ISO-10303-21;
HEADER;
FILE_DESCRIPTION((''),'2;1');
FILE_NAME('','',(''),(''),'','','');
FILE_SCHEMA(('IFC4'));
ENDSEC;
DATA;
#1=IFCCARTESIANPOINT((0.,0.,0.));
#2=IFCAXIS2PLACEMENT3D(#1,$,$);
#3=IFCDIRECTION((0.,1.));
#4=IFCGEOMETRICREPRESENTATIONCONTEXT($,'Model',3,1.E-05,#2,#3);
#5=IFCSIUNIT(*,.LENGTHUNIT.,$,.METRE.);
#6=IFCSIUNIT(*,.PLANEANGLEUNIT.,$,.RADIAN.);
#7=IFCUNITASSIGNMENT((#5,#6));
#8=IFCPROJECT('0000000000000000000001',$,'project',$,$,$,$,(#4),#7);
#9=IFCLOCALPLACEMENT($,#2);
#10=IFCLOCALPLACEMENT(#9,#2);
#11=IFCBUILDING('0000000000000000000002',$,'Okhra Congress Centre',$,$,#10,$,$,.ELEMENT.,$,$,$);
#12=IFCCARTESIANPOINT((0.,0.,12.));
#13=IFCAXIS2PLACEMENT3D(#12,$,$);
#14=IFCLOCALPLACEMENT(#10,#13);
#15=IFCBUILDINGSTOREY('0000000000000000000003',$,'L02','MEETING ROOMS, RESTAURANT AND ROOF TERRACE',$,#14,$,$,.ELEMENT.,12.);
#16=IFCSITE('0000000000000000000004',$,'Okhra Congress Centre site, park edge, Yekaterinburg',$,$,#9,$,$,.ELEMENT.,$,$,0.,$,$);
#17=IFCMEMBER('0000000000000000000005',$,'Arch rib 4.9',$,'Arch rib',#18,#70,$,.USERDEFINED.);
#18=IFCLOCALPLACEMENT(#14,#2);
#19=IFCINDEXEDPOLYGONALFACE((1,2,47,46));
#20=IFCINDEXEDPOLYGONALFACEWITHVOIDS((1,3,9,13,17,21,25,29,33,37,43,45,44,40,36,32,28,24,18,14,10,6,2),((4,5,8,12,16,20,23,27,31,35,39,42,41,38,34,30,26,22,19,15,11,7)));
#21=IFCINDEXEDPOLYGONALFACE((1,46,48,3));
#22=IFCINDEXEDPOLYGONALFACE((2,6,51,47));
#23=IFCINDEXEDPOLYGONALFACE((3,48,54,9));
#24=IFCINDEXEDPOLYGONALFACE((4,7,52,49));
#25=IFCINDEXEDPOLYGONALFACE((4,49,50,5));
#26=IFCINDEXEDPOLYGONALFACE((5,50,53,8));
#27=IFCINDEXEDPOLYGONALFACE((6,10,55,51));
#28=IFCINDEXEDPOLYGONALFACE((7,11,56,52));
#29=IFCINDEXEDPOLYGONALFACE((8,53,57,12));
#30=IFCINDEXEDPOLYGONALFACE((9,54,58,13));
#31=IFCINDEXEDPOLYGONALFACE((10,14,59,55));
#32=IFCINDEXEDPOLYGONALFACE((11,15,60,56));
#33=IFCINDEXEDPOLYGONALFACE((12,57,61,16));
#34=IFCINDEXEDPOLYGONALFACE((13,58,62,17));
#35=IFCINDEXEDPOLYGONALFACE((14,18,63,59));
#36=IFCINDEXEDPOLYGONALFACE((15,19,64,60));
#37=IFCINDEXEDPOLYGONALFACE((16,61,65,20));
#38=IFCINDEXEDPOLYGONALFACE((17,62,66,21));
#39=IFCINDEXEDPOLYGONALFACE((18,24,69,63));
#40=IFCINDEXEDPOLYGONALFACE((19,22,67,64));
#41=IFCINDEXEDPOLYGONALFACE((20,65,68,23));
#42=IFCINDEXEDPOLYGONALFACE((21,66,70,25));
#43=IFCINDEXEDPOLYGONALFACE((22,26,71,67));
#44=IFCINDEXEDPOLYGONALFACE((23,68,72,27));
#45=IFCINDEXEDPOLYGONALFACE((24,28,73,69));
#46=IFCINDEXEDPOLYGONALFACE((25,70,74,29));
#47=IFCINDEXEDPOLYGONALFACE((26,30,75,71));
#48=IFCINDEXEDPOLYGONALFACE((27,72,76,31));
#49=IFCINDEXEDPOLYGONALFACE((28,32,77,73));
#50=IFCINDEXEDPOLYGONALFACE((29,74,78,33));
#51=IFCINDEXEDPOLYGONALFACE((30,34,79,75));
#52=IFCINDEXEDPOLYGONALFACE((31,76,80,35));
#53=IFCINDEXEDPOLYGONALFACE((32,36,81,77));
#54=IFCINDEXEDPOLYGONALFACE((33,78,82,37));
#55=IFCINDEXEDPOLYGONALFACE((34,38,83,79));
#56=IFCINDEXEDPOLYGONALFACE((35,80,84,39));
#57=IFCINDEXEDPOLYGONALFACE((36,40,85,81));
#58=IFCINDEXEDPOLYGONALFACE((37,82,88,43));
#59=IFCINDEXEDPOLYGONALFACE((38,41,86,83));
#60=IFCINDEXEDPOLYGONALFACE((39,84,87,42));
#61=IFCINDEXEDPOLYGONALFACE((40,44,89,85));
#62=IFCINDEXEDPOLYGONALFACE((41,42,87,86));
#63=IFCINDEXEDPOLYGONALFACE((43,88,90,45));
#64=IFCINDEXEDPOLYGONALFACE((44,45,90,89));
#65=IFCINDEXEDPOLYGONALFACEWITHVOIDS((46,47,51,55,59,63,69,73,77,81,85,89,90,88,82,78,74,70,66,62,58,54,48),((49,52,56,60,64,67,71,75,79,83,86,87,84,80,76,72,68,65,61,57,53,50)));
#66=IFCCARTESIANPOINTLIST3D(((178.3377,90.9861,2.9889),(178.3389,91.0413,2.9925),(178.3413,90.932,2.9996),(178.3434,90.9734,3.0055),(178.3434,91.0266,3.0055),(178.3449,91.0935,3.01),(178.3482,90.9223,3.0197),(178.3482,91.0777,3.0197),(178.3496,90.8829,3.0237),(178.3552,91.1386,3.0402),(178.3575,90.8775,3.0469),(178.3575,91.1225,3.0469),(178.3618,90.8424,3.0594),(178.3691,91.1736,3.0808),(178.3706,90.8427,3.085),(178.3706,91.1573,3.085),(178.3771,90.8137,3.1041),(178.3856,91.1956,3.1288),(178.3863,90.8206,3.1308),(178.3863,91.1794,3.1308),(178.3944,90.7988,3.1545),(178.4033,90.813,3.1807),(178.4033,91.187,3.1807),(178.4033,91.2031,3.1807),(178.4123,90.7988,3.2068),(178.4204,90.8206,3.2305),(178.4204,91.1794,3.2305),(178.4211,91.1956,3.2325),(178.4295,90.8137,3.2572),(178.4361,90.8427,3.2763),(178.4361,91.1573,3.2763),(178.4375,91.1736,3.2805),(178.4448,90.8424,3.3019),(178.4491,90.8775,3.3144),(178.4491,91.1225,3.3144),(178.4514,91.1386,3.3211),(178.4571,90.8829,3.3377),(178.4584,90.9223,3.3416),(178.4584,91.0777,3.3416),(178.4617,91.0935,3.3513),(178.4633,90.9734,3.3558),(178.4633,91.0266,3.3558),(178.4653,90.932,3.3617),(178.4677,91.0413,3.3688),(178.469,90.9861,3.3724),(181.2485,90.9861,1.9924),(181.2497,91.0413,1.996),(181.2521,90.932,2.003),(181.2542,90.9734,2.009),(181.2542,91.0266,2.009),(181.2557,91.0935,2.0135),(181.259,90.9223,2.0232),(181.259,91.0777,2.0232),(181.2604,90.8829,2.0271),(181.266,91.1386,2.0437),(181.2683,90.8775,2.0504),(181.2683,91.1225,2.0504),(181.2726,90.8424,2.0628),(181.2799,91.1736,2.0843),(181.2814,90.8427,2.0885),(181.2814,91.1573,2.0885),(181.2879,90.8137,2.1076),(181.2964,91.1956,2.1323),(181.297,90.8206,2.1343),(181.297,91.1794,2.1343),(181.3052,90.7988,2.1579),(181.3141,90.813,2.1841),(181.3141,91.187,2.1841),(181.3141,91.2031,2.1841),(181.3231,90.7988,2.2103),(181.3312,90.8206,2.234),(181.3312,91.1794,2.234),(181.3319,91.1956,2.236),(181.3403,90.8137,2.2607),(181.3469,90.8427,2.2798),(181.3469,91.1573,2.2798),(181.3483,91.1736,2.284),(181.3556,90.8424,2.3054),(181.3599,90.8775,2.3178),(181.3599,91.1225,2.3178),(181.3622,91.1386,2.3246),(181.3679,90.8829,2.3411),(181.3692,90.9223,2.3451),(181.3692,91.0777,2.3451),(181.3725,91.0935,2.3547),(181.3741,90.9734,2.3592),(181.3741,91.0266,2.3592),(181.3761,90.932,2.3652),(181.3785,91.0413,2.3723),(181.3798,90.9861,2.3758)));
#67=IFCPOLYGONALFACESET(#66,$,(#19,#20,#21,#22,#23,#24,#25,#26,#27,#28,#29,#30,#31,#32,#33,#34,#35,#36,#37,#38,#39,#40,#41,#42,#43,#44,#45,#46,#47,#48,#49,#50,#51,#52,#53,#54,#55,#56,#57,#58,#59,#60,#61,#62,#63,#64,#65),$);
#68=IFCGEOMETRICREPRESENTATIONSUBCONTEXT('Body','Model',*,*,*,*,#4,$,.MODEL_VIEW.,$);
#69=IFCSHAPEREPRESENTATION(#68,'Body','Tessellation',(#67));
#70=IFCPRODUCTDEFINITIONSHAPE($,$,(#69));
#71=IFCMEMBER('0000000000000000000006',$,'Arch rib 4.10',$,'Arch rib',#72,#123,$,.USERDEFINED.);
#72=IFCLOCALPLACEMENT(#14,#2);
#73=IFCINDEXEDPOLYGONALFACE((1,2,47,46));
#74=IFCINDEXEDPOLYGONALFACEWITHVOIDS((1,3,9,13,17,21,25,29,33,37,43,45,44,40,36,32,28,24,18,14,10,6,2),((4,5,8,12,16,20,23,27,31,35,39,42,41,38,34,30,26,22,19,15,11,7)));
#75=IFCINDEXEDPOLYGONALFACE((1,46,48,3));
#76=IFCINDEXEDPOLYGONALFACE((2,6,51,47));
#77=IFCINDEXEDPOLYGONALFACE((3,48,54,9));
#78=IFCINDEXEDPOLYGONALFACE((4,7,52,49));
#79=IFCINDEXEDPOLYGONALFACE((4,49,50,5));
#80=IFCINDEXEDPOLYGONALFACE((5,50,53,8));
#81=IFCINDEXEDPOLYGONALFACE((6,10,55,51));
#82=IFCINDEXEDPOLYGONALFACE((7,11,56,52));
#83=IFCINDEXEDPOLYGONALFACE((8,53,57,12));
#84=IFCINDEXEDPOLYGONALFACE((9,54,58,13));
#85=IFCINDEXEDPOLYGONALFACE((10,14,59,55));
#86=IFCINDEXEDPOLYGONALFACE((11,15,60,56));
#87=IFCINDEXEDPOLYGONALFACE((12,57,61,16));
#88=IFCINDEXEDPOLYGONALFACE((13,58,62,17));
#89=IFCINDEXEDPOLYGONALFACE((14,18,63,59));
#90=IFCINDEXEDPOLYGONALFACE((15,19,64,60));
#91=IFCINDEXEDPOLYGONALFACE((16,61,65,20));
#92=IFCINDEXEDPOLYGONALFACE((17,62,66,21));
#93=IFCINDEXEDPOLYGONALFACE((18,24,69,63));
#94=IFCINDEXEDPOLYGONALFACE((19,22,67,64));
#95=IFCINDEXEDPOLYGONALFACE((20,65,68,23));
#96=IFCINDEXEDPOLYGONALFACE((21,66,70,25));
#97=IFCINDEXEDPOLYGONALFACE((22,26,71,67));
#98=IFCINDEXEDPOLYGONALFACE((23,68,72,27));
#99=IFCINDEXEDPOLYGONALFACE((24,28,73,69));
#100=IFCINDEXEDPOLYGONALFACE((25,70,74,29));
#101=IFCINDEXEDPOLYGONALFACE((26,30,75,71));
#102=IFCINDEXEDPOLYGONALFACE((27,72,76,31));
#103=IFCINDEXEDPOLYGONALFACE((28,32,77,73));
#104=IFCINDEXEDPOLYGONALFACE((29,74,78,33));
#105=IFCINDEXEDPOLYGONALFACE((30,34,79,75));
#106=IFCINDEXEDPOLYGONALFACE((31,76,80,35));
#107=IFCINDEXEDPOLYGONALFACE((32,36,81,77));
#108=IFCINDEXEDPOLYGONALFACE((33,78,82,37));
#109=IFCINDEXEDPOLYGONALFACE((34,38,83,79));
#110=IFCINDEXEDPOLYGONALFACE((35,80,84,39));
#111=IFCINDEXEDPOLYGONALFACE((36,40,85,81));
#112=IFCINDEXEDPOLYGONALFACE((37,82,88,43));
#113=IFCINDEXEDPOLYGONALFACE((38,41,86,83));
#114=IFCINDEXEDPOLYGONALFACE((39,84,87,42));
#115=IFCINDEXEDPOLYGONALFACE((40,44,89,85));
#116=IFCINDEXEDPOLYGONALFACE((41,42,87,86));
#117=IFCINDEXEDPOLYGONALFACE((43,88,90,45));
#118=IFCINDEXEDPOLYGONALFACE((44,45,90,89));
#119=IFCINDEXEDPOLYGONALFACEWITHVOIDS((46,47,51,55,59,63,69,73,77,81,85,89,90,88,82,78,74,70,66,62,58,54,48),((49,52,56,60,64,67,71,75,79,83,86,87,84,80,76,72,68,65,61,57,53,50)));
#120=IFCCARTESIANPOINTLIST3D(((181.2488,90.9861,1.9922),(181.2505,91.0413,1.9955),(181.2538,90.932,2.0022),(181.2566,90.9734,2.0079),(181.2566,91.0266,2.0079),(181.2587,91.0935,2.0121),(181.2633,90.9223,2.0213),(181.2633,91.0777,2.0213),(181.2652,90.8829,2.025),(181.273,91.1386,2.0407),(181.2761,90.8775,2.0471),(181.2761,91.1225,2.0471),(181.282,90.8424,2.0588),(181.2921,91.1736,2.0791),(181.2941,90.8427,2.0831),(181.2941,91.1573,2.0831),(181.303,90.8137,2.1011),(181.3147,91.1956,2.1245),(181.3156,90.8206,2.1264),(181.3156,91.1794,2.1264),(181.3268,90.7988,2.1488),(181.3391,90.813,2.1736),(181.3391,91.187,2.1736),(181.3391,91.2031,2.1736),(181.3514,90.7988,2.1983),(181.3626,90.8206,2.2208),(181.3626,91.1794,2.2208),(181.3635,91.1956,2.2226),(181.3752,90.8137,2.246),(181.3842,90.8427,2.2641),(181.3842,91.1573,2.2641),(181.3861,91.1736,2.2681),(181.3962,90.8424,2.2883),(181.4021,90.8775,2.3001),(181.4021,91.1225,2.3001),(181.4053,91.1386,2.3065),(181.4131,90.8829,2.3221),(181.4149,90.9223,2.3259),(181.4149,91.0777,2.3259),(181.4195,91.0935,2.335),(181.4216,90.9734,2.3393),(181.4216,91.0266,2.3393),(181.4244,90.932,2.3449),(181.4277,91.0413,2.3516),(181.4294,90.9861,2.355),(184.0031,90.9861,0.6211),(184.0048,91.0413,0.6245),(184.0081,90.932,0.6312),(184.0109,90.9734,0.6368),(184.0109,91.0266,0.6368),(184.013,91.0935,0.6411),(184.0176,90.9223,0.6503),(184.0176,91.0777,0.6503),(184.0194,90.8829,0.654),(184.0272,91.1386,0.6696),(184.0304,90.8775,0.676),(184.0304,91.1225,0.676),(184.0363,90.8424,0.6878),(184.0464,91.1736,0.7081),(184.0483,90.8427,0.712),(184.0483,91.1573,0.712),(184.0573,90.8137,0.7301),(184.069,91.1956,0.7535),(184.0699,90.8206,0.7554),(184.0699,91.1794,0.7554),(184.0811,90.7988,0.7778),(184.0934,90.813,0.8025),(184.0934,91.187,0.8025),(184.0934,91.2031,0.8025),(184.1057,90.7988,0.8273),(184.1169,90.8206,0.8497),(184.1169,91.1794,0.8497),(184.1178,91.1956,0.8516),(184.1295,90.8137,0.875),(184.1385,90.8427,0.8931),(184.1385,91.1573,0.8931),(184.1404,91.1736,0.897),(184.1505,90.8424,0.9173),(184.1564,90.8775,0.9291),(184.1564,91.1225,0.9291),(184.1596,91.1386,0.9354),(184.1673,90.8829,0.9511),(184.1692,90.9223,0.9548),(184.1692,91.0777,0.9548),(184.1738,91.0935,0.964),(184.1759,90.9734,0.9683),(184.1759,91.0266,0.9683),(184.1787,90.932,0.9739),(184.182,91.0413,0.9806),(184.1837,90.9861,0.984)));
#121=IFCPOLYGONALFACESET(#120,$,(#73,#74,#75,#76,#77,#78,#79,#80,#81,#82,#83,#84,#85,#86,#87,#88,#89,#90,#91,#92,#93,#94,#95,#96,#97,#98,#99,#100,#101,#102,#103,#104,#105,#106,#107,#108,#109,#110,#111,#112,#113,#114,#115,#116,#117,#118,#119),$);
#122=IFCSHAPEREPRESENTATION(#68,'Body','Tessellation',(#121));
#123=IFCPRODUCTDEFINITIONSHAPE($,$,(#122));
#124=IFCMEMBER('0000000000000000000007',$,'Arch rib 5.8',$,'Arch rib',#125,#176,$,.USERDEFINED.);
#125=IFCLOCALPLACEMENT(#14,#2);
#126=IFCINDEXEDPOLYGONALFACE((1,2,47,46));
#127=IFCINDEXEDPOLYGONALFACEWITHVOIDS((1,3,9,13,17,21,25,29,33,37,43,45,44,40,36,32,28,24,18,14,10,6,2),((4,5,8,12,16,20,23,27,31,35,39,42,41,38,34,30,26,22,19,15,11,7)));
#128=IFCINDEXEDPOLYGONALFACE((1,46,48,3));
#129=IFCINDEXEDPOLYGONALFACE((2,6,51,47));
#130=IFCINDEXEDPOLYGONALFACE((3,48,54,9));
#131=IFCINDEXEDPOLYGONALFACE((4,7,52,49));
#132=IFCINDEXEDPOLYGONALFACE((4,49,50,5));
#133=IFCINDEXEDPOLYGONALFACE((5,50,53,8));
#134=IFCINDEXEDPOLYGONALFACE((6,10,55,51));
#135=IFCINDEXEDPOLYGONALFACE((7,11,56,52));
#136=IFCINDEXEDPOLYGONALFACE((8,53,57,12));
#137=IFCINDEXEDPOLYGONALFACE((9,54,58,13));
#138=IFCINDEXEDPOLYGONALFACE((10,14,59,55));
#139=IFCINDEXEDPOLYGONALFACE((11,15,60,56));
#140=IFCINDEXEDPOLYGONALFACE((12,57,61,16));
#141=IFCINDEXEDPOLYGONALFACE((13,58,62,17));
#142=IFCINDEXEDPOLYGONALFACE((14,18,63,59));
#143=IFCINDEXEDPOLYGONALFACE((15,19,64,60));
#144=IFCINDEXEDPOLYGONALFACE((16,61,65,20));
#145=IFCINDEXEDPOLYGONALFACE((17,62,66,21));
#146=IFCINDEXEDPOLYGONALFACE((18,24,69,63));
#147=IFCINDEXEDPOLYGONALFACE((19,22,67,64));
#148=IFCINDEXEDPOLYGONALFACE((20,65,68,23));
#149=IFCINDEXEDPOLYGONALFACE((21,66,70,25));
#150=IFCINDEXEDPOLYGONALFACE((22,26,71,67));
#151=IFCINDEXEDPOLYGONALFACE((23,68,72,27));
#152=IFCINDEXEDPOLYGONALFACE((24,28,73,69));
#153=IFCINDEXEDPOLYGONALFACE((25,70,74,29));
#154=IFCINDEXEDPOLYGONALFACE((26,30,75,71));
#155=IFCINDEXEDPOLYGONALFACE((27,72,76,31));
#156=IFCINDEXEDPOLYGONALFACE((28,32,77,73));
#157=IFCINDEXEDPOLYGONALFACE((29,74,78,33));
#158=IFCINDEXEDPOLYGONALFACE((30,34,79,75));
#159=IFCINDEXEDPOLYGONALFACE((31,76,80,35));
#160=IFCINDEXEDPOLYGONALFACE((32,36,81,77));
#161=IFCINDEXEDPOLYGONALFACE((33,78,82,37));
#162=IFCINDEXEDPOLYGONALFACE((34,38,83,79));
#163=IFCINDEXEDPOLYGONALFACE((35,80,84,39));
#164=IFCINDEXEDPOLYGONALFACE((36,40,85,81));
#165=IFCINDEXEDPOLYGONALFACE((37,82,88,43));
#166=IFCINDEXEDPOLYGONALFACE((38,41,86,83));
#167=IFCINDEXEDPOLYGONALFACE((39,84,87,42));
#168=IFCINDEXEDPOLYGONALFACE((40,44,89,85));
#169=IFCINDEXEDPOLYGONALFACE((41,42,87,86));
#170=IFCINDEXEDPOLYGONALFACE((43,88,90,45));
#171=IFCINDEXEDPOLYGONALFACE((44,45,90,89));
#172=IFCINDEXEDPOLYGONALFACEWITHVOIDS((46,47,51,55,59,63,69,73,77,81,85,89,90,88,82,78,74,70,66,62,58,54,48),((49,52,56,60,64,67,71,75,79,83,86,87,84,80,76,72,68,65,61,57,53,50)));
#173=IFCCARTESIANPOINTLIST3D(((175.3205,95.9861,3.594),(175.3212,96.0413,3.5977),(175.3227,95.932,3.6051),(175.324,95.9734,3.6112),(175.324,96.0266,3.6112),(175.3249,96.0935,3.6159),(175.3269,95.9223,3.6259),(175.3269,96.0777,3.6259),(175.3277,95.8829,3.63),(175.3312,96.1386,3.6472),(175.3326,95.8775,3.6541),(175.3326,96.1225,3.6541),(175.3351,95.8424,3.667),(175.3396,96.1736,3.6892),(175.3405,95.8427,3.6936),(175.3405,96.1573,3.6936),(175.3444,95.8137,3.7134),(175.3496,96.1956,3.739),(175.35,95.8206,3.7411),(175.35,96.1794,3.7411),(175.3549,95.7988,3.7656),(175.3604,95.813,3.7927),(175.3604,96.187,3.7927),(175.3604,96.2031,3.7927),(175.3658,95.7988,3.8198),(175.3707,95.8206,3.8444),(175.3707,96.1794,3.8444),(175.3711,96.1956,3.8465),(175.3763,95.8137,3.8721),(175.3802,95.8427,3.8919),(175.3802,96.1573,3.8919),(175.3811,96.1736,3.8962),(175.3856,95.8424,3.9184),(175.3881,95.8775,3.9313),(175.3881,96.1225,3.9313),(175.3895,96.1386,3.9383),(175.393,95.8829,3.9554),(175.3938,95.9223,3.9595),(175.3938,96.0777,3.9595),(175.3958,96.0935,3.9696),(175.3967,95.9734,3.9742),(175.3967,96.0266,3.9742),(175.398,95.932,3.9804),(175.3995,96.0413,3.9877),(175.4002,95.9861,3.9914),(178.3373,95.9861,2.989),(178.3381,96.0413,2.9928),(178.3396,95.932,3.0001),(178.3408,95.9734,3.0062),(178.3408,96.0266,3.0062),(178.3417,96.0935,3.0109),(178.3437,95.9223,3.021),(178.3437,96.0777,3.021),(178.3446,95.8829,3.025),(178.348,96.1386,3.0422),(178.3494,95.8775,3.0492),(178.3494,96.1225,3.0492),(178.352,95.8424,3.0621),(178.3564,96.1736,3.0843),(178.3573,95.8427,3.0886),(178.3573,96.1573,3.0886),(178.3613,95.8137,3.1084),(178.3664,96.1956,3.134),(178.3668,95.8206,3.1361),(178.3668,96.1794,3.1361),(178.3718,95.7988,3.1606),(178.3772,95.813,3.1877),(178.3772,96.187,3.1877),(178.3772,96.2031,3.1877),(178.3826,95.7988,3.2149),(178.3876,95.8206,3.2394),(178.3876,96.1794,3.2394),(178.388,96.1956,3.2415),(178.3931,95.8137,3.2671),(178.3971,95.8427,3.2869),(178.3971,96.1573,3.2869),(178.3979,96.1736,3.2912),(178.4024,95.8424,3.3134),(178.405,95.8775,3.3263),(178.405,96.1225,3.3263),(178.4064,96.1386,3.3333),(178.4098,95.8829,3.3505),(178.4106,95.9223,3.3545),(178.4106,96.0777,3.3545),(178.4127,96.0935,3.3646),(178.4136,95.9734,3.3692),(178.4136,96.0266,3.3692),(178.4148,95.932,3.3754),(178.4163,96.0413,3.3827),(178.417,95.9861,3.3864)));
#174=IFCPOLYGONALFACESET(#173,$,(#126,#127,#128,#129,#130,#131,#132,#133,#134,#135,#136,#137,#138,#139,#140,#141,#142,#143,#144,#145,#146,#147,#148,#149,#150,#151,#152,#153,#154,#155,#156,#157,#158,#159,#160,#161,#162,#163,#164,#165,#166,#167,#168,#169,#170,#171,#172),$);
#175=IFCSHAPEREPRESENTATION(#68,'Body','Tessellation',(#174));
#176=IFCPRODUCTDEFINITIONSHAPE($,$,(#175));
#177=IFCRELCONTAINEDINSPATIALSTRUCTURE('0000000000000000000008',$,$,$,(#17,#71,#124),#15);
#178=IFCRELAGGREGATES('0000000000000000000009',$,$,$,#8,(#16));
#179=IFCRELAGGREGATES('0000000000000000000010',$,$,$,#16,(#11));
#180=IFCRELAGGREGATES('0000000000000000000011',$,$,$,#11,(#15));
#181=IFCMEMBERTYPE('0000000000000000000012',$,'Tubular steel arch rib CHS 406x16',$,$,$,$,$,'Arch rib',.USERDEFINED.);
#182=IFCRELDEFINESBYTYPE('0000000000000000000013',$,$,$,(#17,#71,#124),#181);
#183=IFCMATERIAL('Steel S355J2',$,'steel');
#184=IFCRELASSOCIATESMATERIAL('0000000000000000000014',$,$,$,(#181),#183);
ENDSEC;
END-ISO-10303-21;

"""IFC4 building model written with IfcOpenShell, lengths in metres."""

from ifc_helpers import new_model, si_unit, direction, frame, origin, origin_2d, place, context, subcontext, project, spatial, hollow_circle, extrude, material, material_profile, profile_set, type_object, element, save


model = new_model("IFC4")

# Units and contexts
model_context = context("Model", 3, precision=1e-05, world=origin(), true_north=direction((0.0, 1.0)))
body_context = subcontext(model_context, "Body", "Model", "MODEL_VIEW")
ifc_project = project(units=[si_unit("LENGTHUNIT", "METRE"), si_unit("PLANEANGLEUNIT", "RADIAN")], contexts=[model_context])

# Site, building, storey
site_placement = place(None, origin())
site = spatial("IfcSite", under=ifc_project, at=site_placement, Name="Okhra Congress Centre site, park edge, Yekaterinburg", CompositionType="ELEMENT", RefElevation=0.0)
building_placement = place(site_placement, origin())
building = spatial("IfcBuilding", under=site, at=building_placement, Name="Okhra Congress Centre", CompositionType="ELEMENT")
storey_placement = place(building_placement, frame((0.0, 0.0, 12.0)))
storey = spatial("IfcBuildingStorey", under=building, at=storey_placement, Name="L02", Description="MEETING ROOMS, RESTAURANT AND ROOF TERRACE", CompositionType="ELEMENT", Elevation=12.0)

# Members
ifc_material_1 = material(Name="Steel S355J2", Category="steel")
ifc_material_profile_1 = material_profile(ifc_material_1, hollow_circle(Radius=0.2031, WallThickness=0.0161, at=origin_2d()), Name="CHS 406.4x16")
ifc_profile_set_1 = profile_set([ifc_material_profile_1], Name="Steel S355J2")
member_type_1 = type_object("IfcMemberType", Name="Tubular steel arch rib CHS 406x16", ElementType="Arch rib", PredefinedType="USERDEFINED", material=ifc_profile_set_1)
for number, where, z_axis, x_axis, name in (
    (1, (178.4033, 91.0, 3.1807), (0.946089, 0.0, -0.323906), (0.0, 1.0, 0.0), "Arch rib 4.9"),
    (2, (181.3391, 91.0, 2.1736), (0.895219, 0.0, -0.445626), (0.0, 1.0, 0.0), "Arch rib 4.10"),
):
    element("IfcMember", number, at=place(storey_placement, frame(where, z_axis=z_axis, x_axis=x_axis)), inside=storey, type_object=member_type_1, Name=name, ObjectType="Arch rib", PredefinedType="USERDEFINED", context=body_context, shape_type="SweptSolid", body=[
        extrude(hollow_circle(Radius=0.2031, WallThickness=0.0161, at=origin_2d()), origin(), (0.0, 0.0, 1.0), 3.0767),
    ])
member_1_placement = place(storey_placement, frame((175.3604, 96.0, 3.7927), z_axis=(0.98048, 0.0, -0.19662), x_axis=(0.0, 1.0, 0.0)))
element("IfcMember", 3, at=member_1_placement, inside=storey, type_object=member_type_1, Name="Arch rib 5.8", ObjectType="Arch rib", PredefinedType="USERDEFINED", context=body_context, shape_type="SweptSolid", body=[
    extrude(hollow_circle(Radius=0.2031, WallThickness=0.0161, at=origin_2d()), origin(), (0.0, 0.0, 1.0), 3.0769),
])

save(model, "model.ifc")
